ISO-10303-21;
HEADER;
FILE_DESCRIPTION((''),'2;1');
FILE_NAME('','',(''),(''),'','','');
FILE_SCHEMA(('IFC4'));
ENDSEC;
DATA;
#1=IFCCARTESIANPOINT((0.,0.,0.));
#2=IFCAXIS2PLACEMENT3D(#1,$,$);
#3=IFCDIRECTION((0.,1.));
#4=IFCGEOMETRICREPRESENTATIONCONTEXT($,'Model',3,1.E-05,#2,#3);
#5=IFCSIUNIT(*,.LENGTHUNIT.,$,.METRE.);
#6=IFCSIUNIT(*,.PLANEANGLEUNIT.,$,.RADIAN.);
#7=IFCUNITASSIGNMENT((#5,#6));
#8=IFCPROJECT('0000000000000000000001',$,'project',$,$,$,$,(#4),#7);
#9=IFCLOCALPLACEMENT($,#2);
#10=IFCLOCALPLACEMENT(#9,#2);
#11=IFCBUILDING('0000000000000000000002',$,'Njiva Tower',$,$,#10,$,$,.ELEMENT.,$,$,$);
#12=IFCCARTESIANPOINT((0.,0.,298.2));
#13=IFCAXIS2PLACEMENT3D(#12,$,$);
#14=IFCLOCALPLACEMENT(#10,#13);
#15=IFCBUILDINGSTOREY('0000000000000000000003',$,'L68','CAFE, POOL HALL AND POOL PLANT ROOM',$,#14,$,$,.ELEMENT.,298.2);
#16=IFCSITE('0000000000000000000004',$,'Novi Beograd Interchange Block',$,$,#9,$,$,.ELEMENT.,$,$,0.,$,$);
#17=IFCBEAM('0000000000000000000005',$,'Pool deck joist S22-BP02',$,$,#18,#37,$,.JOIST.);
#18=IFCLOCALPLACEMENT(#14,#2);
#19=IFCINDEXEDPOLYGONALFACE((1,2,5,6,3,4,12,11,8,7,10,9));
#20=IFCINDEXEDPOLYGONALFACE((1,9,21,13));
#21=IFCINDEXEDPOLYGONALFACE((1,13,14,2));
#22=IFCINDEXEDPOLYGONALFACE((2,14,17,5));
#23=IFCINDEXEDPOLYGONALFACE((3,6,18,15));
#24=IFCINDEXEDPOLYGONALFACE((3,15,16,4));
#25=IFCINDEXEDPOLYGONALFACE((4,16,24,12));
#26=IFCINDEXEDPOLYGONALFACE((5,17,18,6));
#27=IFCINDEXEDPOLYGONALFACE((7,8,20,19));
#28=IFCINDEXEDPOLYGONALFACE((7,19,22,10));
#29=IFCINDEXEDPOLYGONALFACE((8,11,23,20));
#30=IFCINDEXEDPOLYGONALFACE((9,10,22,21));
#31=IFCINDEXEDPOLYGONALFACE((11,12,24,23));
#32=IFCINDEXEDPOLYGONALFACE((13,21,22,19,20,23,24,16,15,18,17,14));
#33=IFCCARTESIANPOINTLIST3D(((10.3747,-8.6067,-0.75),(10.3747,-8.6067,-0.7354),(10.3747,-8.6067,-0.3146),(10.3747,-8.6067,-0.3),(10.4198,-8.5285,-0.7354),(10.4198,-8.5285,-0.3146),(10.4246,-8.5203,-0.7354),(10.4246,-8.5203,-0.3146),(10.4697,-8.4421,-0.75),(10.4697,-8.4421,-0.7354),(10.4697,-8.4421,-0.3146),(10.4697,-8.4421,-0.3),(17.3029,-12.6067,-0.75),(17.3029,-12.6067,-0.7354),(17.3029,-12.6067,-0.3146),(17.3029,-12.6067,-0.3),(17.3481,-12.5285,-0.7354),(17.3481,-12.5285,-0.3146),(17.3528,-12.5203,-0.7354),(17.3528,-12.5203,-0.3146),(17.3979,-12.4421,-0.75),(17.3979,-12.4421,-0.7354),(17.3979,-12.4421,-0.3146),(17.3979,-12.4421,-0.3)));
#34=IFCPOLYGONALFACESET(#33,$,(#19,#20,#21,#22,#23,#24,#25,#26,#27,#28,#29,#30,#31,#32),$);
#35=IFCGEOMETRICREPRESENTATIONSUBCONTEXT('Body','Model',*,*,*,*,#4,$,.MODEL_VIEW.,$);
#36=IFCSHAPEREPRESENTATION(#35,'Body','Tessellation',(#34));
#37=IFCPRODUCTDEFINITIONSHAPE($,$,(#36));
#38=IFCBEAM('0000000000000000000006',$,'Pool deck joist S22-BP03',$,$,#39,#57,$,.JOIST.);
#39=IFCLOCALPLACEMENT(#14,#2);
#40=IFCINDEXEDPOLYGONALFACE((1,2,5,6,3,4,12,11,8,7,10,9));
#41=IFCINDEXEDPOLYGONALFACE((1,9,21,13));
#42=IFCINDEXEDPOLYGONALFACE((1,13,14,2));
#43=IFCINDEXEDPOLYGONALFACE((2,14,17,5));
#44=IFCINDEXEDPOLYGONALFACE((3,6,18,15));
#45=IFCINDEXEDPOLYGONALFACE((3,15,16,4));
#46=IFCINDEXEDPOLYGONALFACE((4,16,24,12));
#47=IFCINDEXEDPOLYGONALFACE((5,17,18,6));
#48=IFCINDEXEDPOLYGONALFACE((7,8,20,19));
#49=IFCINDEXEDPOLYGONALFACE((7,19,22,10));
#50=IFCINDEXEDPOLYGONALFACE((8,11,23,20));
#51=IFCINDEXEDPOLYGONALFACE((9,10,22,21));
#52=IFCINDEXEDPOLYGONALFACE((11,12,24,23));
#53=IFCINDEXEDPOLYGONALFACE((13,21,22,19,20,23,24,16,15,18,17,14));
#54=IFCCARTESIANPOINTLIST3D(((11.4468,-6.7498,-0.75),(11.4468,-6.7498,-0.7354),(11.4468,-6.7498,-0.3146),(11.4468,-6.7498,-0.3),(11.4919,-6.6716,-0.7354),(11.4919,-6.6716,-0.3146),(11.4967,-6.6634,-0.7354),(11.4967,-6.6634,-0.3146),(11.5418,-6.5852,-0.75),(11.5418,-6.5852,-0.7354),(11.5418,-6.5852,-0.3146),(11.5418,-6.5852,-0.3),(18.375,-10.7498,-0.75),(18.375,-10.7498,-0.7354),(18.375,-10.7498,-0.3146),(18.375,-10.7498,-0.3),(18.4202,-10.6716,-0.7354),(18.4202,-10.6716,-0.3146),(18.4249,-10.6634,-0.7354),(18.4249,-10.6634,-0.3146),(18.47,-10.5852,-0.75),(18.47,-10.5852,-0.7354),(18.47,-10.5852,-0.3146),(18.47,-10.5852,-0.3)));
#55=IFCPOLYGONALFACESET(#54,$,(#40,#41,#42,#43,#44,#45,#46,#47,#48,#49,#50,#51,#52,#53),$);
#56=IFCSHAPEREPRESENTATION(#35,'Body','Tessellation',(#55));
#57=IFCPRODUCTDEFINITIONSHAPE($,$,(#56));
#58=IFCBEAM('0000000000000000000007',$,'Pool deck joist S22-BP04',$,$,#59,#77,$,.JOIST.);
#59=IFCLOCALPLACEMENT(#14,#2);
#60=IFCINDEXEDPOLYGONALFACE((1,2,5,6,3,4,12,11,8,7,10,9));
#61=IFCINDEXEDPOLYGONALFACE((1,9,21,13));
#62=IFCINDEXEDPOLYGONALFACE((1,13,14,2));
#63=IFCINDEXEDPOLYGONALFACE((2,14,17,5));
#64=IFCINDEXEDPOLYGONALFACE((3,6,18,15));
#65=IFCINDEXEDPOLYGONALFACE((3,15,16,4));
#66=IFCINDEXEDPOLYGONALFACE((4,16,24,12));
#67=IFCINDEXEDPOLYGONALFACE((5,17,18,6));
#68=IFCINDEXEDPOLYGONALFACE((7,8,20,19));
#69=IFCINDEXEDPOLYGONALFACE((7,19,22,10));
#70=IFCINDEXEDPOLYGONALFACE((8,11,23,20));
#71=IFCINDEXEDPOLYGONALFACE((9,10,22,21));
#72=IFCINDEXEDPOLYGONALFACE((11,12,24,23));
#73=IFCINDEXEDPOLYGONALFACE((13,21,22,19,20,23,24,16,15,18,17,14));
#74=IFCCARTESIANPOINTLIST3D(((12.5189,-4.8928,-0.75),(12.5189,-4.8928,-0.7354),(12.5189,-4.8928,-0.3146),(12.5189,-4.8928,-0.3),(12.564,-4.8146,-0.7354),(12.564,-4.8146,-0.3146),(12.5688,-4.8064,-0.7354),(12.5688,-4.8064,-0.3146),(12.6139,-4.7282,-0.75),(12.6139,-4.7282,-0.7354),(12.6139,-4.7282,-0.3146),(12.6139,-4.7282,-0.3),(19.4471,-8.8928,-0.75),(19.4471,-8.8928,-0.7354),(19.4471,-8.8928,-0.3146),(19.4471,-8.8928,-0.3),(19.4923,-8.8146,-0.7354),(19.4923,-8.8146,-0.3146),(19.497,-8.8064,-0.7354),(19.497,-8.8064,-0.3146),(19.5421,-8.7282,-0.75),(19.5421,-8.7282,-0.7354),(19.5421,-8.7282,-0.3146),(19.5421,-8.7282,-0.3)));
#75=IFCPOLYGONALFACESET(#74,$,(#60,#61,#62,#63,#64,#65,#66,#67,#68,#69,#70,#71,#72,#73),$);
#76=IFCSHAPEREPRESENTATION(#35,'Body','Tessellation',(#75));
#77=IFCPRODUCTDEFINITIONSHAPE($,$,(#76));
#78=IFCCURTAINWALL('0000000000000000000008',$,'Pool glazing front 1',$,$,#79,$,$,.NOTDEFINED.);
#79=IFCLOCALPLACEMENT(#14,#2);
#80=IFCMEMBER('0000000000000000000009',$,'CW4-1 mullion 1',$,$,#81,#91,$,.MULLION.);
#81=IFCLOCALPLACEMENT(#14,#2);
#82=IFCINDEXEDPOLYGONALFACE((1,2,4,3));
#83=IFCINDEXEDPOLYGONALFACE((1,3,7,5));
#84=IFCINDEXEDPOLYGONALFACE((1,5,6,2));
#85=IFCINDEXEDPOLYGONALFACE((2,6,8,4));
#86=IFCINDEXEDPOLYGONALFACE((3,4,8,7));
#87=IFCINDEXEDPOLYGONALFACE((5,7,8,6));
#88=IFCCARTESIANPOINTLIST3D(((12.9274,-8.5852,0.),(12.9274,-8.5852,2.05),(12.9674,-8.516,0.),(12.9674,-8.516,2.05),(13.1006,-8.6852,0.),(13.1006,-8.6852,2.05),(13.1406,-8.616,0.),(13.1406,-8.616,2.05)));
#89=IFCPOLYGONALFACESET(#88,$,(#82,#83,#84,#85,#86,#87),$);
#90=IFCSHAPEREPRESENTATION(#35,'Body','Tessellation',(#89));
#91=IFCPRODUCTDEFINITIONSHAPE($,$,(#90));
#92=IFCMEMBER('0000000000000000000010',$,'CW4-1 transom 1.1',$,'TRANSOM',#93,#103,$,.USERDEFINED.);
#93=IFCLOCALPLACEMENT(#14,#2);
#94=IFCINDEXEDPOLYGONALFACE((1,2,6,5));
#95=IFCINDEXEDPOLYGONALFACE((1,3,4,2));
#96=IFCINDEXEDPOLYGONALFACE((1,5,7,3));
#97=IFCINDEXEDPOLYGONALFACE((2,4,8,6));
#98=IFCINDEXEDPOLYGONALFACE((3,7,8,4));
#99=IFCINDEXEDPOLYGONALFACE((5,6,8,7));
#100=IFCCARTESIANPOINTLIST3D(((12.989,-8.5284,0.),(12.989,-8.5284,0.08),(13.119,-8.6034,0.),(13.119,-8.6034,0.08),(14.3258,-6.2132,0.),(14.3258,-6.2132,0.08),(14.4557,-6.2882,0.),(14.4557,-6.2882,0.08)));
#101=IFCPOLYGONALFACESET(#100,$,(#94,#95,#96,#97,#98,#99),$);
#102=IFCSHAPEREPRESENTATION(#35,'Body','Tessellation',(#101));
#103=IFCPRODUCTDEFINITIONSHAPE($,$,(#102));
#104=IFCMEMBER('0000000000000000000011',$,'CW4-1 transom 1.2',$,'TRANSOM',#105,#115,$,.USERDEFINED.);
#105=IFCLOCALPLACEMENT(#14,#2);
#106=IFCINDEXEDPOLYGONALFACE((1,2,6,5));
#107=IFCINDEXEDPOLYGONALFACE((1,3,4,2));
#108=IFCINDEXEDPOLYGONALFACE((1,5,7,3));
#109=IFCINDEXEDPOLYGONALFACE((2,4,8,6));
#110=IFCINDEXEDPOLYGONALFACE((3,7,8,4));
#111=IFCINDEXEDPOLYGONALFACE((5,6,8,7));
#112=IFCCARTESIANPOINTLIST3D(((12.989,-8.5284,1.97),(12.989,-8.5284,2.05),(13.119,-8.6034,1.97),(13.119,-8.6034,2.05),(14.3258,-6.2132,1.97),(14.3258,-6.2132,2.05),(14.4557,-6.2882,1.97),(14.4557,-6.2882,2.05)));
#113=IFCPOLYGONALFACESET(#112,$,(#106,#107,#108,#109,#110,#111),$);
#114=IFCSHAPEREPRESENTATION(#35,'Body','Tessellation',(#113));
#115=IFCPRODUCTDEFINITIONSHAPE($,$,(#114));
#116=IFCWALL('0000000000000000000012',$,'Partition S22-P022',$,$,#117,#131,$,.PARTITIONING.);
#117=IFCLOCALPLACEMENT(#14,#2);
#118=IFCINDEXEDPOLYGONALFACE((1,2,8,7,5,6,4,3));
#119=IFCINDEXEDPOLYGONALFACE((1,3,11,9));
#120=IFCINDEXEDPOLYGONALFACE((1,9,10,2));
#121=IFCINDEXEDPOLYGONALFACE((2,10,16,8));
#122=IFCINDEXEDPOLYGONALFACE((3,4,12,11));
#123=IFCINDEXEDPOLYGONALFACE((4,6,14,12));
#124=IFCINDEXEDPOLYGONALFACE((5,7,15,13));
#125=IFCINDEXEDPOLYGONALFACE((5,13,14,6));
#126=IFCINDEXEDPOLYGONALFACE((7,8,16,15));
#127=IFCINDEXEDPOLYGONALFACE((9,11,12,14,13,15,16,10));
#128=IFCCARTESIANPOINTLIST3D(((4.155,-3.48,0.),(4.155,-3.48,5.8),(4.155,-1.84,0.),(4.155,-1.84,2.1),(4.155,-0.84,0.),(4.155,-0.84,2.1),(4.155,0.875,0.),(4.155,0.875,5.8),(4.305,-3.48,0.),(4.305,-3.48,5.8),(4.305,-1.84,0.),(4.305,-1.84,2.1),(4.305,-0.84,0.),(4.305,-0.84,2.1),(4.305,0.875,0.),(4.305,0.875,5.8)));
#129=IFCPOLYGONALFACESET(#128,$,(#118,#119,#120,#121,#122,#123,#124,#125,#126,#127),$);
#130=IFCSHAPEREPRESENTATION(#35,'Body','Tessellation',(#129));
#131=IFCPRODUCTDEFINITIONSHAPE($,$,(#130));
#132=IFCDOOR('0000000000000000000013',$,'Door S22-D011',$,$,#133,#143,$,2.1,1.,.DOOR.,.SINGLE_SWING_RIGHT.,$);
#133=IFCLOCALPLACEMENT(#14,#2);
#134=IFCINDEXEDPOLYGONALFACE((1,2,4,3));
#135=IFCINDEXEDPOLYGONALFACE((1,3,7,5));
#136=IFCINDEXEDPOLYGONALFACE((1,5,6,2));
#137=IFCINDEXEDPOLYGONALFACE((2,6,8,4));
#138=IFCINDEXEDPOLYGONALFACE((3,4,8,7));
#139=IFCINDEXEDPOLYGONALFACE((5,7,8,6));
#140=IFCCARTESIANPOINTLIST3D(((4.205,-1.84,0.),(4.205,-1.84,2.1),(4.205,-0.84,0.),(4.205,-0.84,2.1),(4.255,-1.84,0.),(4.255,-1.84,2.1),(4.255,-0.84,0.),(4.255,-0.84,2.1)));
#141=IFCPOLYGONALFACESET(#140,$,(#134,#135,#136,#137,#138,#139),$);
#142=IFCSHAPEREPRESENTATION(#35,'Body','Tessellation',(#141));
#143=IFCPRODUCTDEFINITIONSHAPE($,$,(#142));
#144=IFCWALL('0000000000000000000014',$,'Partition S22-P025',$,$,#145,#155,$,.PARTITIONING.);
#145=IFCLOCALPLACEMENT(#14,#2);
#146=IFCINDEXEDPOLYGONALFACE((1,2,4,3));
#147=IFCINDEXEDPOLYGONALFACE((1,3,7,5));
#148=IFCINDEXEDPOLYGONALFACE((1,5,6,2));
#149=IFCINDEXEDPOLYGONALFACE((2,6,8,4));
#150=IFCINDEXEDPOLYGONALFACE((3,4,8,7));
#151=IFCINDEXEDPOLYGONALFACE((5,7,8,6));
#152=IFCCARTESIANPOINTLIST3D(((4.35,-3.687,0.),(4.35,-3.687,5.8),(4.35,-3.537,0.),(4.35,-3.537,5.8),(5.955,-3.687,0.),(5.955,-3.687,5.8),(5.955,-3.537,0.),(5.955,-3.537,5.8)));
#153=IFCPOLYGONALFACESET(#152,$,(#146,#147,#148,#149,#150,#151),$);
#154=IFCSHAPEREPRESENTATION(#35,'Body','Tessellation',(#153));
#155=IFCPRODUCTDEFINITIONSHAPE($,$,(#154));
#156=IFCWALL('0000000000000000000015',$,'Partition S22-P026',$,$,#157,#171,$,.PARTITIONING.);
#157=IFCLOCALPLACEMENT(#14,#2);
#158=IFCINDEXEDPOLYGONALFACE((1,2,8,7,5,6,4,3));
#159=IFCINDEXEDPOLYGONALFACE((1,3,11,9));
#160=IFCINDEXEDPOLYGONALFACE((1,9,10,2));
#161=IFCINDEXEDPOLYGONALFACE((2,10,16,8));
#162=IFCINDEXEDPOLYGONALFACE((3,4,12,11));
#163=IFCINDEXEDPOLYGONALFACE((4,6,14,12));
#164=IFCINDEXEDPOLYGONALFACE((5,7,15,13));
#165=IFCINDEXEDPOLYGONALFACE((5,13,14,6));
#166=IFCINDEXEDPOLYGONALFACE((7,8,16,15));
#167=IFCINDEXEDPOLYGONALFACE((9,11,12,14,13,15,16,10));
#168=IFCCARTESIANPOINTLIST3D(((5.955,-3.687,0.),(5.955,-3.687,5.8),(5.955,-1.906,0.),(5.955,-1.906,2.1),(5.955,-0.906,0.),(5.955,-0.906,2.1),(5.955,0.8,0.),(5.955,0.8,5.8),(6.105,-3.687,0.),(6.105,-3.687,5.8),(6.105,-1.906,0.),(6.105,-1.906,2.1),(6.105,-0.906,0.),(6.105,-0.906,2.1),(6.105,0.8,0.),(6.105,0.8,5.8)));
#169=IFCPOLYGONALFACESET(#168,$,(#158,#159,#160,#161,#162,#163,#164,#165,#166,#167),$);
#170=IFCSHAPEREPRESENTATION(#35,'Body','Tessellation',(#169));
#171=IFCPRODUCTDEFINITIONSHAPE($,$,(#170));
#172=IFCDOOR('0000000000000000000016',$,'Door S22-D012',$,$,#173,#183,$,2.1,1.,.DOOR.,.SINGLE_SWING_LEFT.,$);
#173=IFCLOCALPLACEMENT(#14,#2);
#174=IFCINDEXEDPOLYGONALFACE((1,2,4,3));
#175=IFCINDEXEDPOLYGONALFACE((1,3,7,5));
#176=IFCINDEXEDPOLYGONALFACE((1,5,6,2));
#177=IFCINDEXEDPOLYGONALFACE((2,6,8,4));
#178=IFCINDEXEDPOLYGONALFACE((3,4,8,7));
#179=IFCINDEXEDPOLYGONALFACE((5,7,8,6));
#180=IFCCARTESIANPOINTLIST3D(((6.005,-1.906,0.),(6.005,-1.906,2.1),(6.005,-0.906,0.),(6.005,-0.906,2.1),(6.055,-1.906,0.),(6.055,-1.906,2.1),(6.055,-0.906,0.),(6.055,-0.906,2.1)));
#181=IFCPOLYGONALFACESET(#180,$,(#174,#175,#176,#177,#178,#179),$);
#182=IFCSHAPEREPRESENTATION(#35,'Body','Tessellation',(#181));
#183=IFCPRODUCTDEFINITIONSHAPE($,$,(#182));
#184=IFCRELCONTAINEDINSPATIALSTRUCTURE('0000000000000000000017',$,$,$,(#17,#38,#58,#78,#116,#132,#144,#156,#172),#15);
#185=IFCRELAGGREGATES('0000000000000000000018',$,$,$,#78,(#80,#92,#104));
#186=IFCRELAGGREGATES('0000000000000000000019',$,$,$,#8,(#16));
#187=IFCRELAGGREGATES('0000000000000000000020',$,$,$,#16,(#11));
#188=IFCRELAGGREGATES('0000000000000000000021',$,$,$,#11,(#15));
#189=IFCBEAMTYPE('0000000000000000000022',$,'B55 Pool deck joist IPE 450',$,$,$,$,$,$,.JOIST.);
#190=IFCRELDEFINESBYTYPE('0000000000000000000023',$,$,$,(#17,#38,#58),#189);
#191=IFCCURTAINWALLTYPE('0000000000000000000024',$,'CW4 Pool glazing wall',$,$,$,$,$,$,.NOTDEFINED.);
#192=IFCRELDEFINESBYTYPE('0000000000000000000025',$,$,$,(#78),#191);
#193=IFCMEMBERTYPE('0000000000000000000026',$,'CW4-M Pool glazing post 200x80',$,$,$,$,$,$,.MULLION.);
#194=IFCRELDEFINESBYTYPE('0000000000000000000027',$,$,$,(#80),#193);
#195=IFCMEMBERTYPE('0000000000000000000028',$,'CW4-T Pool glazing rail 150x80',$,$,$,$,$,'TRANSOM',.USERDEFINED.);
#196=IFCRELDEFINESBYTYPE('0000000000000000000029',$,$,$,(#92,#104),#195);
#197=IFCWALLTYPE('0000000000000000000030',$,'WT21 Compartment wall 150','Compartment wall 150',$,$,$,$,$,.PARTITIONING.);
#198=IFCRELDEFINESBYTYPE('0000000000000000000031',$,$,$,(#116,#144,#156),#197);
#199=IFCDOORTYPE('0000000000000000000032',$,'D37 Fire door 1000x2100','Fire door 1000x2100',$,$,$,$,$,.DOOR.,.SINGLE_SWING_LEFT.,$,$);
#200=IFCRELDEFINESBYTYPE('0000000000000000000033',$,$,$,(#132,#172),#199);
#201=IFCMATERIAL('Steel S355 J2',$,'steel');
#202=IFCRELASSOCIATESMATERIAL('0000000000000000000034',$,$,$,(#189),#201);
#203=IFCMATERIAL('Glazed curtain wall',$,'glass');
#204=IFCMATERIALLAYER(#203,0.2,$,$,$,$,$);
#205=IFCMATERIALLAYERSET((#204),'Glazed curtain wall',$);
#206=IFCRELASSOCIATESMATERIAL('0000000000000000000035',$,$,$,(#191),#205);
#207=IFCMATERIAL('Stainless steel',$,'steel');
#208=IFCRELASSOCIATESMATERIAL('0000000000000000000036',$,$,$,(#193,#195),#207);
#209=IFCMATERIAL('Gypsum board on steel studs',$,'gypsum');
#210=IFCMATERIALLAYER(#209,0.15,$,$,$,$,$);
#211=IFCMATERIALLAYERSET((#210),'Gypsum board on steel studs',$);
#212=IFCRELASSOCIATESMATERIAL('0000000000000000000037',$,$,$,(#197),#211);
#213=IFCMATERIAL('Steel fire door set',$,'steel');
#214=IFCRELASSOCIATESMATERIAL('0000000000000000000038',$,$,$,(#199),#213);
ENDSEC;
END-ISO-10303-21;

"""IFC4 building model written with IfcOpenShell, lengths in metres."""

from ifc_helpers import new_model, si_unit, direction, frame, frame_2d, origin, origin_2d, place, context, subcontext, project, spatial, rectangle, i_section, extrude, material, layer, layer_set, material_profile, profile_set, type_object, element, fill, aggregate, save


model = new_model("IFC4")

# Units and contexts
model_context = context("Model", 3, precision=1e-05, world=origin(), true_north=direction((0.0, 1.0)))
body_context = subcontext(model_context, "Body", "Model", "MODEL_VIEW")
ifc_project = project(units=[si_unit("LENGTHUNIT", "METRE"), si_unit("PLANEANGLEUNIT", "RADIAN")], contexts=[model_context])

# Site, building, storey
site_placement = place(None, origin())
site = spatial("IfcSite", under=ifc_project, at=site_placement, Name="Novi Beograd Interchange Block", CompositionType="ELEMENT", RefElevation=0.0)
building_placement = place(site_placement, origin())
building = spatial("IfcBuilding", under=site, at=building_placement, Name="Njiva Tower", CompositionType="ELEMENT")
storey_placement = place(building_placement, frame((0.0, 0.0, 298.2)))
storey = spatial("IfcBuildingStorey", under=building, at=storey_placement, Name="L68", Description="CAFE, POOL HALL AND POOL PLANT ROOM", CompositionType="ELEMENT", Elevation=298.2)

# Shared definitions
ifc_material_1 = material(Name="Steel S355 J2", Category="steel")

# Beams
ifc_material_profile_1 = material_profile(ifc_material_1, i_section(OverallWidth=0.19, OverallDepth=0.45, WebThickness=0.0094, FlangeThickness=0.0146, at=origin_2d()), Name="IPE 450")
ifc_profile_set_1 = profile_set([ifc_material_profile_1], Name="Steel S355 J2")
beam_type_1 = type_object("IfcBeamType", Name="B55 Pool deck joist IPE 450", PredefinedType="JOIST", material=ifc_profile_set_1)
for number, where, z_axis, x_axis, name in (
    (1, (10.4222, -8.5244, -0.525), (0.866025, -0.5, 0.0), (0.5, 0.866025, 0.0), "Pool deck joist S22-BP02"),
    (2, (11.4943, -6.6675, -0.525), (0.866025, -0.5, 0.0), (0.5, 0.866025, 0.0), "Pool deck joist S22-BP03"),
    (3, (12.5664, -4.8105, -0.525), (0.866025, -0.5, 0.0), (0.5, 0.866025, 0.0), "Pool deck joist S22-BP04"),
):
    element("IfcBeam", number, at=place(storey_placement, frame(where, z_axis=z_axis, x_axis=x_axis)), inside=storey, type_object=beam_type_1, Name=name, PredefinedType="JOIST", context=body_context, shape_type="SweptSolid", body=[
        extrude(i_section(OverallWidth=0.19, OverallDepth=0.45, WebThickness=0.0094, FlangeThickness=0.0146, at=origin_2d()), origin(), (0.0, 0.0, 1.0), 8.0),
    ])

# Curtain wall, members
ifc_material_2 = material(Name="Glazed curtain wall", Category="glass")
ifc_layer_1 = layer(ifc_material_2, 0.2)
ifc_layer_set_1 = layer_set([ifc_layer_1], Name="Glazed curtain wall")
curtain_wall_type = type_object("IfcCurtainWallType", Name="CW4 Pool glazing wall", PredefinedType="NOTDEFINED", material=ifc_layer_set_1)
curtain_wall_placement = place(storey_placement, origin())
curtain_wall = element("IfcCurtainWall", 4, at=curtain_wall_placement, inside=storey, type_object=curtain_wall_type, Name="Pool glazing front 1", PredefinedType="NOTDEFINED")
ifc_material_3 = material(Name="Stainless steel", Category="steel")
ifc_material_profile_2 = material_profile(ifc_material_3, rectangle(XDim=0.2, YDim=0.08, at=origin_2d()), Name="RECT 200x80")
ifc_profile_set_2 = profile_set([ifc_material_profile_2], Name="Stainless steel")
member_type_1 = type_object("IfcMemberType", Name="CW4-M Pool glazing post 200x80", PredefinedType="MULLION", material=ifc_profile_set_2)
member_1_placement = place(storey_placement, frame((13.034, -8.6006, 0.0), z_axis=(0.0, 0.0, 1.0), x_axis=(-0.866025, 0.5, 0.0)))
member_1 = element("IfcMember", 5, at=member_1_placement, type_object=member_type_1, Name="CW4-1 mullion 1", PredefinedType="MULLION", context=body_context, shape_type="SweptSolid", body=[
    extrude(rectangle(XDim=0.2, YDim=0.08, at=origin_2d()), origin(), (0.0, 0.0, 1.0), 2.05),
])
ifc_material_profile_3 = material_profile(ifc_material_3, rectangle(XDim=0.15, YDim=0.08, at=origin_2d()), Name="RECT 150x80")
ifc_profile_set_3 = profile_set([ifc_material_profile_3], Name="Stainless steel")
member_type_2 = type_object("IfcMemberType", Name="CW4-T Pool glazing rail 150x80", ElementType="TRANSOM", PredefinedType="USERDEFINED", material=ifc_profile_set_3)
member_2_placement = place(storey_placement, frame((13.054, -8.5659, 0.04), z_axis=(0.500005, 0.866022, 0.0), x_axis=(-0.866022, 0.500005, 0.0)))
member_2 = element("IfcMember", 6, at=member_2_placement, type_object=member_type_2, Name="CW4-1 transom 1.1", ObjectType="TRANSOM", PredefinedType="USERDEFINED", context=body_context, shape_type="SweptSolid", body=[
    extrude(rectangle(XDim=0.15, YDim=0.08, at=origin_2d()), origin(), (0.0, 0.0, 1.0), 2.6734),
])
member_3_placement = place(storey_placement, frame((13.054, -8.5659, 2.01), z_axis=(0.500005, 0.866022, 0.0), x_axis=(-0.866022, 0.500005, 0.0)))
member_3 = element("IfcMember", 7, at=member_3_placement, type_object=member_type_2, Name="CW4-1 transom 1.2", ObjectType="TRANSOM", PredefinedType="USERDEFINED", context=body_context, shape_type="SweptSolid", body=[
    extrude(rectangle(XDim=0.15, YDim=0.08, at=origin_2d()), origin(), (0.0, 0.0, 1.0), 2.6734),
])
aggregate(curtain_wall, [member_1, member_2, member_3])

# Wall, opening, door
ifc_material_4 = material(Name="Gypsum board on steel studs", Category="gypsum")
ifc_layer_2 = layer(ifc_material_4, 0.15)
ifc_layer_set_2 = layer_set([ifc_layer_2], Name="Gypsum board on steel studs")
wall_type_1 = type_object("IfcWallType", Name="WT21 Compartment wall 150", Description="Compartment wall 150", PredefinedType="PARTITIONING", material=ifc_layer_set_2)
wall_1_placement = place(storey_placement, frame((4.23, -3.48, 0.0), z_axis=(0.0, 0.0, 1.0), x_axis=(0.0, 1.0, 0.0)))
wall_1 = element("IfcWall", 8, at=wall_1_placement, inside=storey, type_object=wall_type_1, Name="Partition S22-P022", PredefinedType="PARTITIONING", context=body_context, shape_type="SweptSolid", body=[
    extrude(rectangle(XDim=4.355, YDim=0.15, at=frame_2d((2.1775, 0.0))), origin(), (0.0, 0.0, 1.0), 5.8),
])
opening_1_placement = place(wall_1_placement, frame((1.64, 0.0, 0.0)))
opening_1 = element("IfcOpeningElement", 9, at=opening_1_placement, cuts=wall_1, PredefinedType="OPENING", context=body_context, shape_type="SweptSolid", body=[
    extrude(rectangle(XDim=1.0, YDim=2.1, at=frame_2d((0.5, 1.05))), frame((0.0, 0.085, 0.0), z_axis=(0.0, -1.0, 0.0), x_axis=(1.0, 0.0, 0.0)), (0.0, 0.0, 1.0), 0.17),
])
ifc_material_5 = material(Name="Steel fire door set", Category="steel")
door_type = type_object("IfcDoorType", Name="D37 Fire door 1000x2100", Description="Fire door 1000x2100", OperationType="SINGLE_SWING_LEFT", PredefinedType="DOOR", material=ifc_material_5)
door_1_placement = place(opening_1_placement, origin())
door_1 = element("IfcDoor", 10, at=door_1_placement, inside=storey, type_object=door_type, Name="Door S22-D011", OperationType="SINGLE_SWING_RIGHT", OverallHeight=2.1, OverallWidth=1.0, PredefinedType="DOOR", context=body_context, shape_type="SweptSolid", body=[
    extrude(rectangle(XDim=1.0, YDim=2.1, at=frame_2d((0.5, 1.05))), frame((0.0, 0.025, 0.0), z_axis=(0.0, -1.0, 0.0), x_axis=(1.0, 0.0, 0.0)), (0.0, 0.0, 1.0), 0.05),
])
fill(opening_1, door_1)

# Wall
wall_2_placement = place(storey_placement, frame((4.35, -3.612, 0.0), z_axis=(0.0, 0.0, 1.0), x_axis=(1.0, 0.0, 0.0)))
element("IfcWall", 11, at=wall_2_placement, inside=storey, type_object=wall_type_1, Name="Partition S22-P025", PredefinedType="PARTITIONING", context=body_context, shape_type="SweptSolid", body=[
    extrude(rectangle(XDim=1.605, YDim=0.15, at=frame_2d((0.8025, 0.0))), origin(), (0.0, 0.0, 1.0), 5.8),
])

# Wall, opening, door
wall_3_placement = place(storey_placement, frame((6.03, -3.687, 0.0), z_axis=(0.0, 0.0, 1.0), x_axis=(0.0, 1.0, 0.0)))
wall_3 = element("IfcWall", 12, at=wall_3_placement, inside=storey, type_object=wall_type_1, Name="Partition S22-P026", PredefinedType="PARTITIONING", context=body_context, shape_type="SweptSolid", body=[
    extrude(rectangle(XDim=4.487, YDim=0.15, at=frame_2d((2.2435, 0.0))), origin(), (0.0, 0.0, 1.0), 5.8),
])
opening_2_placement = place(wall_3_placement, frame((1.781, 0.0, 0.0)))
opening_2 = element("IfcOpeningElement", 13, at=opening_2_placement, cuts=wall_3, PredefinedType="OPENING", context=body_context, shape_type="SweptSolid", body=[
    extrude(rectangle(XDim=1.0, YDim=2.1, at=frame_2d((0.5, 1.05))), frame((0.0, 0.085, 0.0), z_axis=(0.0, -1.0, 0.0), x_axis=(1.0, 0.0, 0.0)), (0.0, 0.0, 1.0), 0.17),
])
door_2_placement = place(opening_2_placement, origin())
door_2 = element("IfcDoor", 14, at=door_2_placement, inside=storey, type_object=door_type, Name="Door S22-D012", OperationType="SINGLE_SWING_LEFT", OverallHeight=2.1, OverallWidth=1.0, PredefinedType="DOOR", context=body_context, shape_type="SweptSolid", body=[
    extrude(rectangle(XDim=1.0, YDim=2.1, at=frame_2d((0.5, 1.05))), frame((0.0, 0.025, 0.0), z_axis=(0.0, -1.0, 0.0), x_axis=(1.0, 0.0, 0.0)), (0.0, 0.0, 1.0), 0.05),
])
fill(opening_2, door_2)

save(model, "model.ifc")
